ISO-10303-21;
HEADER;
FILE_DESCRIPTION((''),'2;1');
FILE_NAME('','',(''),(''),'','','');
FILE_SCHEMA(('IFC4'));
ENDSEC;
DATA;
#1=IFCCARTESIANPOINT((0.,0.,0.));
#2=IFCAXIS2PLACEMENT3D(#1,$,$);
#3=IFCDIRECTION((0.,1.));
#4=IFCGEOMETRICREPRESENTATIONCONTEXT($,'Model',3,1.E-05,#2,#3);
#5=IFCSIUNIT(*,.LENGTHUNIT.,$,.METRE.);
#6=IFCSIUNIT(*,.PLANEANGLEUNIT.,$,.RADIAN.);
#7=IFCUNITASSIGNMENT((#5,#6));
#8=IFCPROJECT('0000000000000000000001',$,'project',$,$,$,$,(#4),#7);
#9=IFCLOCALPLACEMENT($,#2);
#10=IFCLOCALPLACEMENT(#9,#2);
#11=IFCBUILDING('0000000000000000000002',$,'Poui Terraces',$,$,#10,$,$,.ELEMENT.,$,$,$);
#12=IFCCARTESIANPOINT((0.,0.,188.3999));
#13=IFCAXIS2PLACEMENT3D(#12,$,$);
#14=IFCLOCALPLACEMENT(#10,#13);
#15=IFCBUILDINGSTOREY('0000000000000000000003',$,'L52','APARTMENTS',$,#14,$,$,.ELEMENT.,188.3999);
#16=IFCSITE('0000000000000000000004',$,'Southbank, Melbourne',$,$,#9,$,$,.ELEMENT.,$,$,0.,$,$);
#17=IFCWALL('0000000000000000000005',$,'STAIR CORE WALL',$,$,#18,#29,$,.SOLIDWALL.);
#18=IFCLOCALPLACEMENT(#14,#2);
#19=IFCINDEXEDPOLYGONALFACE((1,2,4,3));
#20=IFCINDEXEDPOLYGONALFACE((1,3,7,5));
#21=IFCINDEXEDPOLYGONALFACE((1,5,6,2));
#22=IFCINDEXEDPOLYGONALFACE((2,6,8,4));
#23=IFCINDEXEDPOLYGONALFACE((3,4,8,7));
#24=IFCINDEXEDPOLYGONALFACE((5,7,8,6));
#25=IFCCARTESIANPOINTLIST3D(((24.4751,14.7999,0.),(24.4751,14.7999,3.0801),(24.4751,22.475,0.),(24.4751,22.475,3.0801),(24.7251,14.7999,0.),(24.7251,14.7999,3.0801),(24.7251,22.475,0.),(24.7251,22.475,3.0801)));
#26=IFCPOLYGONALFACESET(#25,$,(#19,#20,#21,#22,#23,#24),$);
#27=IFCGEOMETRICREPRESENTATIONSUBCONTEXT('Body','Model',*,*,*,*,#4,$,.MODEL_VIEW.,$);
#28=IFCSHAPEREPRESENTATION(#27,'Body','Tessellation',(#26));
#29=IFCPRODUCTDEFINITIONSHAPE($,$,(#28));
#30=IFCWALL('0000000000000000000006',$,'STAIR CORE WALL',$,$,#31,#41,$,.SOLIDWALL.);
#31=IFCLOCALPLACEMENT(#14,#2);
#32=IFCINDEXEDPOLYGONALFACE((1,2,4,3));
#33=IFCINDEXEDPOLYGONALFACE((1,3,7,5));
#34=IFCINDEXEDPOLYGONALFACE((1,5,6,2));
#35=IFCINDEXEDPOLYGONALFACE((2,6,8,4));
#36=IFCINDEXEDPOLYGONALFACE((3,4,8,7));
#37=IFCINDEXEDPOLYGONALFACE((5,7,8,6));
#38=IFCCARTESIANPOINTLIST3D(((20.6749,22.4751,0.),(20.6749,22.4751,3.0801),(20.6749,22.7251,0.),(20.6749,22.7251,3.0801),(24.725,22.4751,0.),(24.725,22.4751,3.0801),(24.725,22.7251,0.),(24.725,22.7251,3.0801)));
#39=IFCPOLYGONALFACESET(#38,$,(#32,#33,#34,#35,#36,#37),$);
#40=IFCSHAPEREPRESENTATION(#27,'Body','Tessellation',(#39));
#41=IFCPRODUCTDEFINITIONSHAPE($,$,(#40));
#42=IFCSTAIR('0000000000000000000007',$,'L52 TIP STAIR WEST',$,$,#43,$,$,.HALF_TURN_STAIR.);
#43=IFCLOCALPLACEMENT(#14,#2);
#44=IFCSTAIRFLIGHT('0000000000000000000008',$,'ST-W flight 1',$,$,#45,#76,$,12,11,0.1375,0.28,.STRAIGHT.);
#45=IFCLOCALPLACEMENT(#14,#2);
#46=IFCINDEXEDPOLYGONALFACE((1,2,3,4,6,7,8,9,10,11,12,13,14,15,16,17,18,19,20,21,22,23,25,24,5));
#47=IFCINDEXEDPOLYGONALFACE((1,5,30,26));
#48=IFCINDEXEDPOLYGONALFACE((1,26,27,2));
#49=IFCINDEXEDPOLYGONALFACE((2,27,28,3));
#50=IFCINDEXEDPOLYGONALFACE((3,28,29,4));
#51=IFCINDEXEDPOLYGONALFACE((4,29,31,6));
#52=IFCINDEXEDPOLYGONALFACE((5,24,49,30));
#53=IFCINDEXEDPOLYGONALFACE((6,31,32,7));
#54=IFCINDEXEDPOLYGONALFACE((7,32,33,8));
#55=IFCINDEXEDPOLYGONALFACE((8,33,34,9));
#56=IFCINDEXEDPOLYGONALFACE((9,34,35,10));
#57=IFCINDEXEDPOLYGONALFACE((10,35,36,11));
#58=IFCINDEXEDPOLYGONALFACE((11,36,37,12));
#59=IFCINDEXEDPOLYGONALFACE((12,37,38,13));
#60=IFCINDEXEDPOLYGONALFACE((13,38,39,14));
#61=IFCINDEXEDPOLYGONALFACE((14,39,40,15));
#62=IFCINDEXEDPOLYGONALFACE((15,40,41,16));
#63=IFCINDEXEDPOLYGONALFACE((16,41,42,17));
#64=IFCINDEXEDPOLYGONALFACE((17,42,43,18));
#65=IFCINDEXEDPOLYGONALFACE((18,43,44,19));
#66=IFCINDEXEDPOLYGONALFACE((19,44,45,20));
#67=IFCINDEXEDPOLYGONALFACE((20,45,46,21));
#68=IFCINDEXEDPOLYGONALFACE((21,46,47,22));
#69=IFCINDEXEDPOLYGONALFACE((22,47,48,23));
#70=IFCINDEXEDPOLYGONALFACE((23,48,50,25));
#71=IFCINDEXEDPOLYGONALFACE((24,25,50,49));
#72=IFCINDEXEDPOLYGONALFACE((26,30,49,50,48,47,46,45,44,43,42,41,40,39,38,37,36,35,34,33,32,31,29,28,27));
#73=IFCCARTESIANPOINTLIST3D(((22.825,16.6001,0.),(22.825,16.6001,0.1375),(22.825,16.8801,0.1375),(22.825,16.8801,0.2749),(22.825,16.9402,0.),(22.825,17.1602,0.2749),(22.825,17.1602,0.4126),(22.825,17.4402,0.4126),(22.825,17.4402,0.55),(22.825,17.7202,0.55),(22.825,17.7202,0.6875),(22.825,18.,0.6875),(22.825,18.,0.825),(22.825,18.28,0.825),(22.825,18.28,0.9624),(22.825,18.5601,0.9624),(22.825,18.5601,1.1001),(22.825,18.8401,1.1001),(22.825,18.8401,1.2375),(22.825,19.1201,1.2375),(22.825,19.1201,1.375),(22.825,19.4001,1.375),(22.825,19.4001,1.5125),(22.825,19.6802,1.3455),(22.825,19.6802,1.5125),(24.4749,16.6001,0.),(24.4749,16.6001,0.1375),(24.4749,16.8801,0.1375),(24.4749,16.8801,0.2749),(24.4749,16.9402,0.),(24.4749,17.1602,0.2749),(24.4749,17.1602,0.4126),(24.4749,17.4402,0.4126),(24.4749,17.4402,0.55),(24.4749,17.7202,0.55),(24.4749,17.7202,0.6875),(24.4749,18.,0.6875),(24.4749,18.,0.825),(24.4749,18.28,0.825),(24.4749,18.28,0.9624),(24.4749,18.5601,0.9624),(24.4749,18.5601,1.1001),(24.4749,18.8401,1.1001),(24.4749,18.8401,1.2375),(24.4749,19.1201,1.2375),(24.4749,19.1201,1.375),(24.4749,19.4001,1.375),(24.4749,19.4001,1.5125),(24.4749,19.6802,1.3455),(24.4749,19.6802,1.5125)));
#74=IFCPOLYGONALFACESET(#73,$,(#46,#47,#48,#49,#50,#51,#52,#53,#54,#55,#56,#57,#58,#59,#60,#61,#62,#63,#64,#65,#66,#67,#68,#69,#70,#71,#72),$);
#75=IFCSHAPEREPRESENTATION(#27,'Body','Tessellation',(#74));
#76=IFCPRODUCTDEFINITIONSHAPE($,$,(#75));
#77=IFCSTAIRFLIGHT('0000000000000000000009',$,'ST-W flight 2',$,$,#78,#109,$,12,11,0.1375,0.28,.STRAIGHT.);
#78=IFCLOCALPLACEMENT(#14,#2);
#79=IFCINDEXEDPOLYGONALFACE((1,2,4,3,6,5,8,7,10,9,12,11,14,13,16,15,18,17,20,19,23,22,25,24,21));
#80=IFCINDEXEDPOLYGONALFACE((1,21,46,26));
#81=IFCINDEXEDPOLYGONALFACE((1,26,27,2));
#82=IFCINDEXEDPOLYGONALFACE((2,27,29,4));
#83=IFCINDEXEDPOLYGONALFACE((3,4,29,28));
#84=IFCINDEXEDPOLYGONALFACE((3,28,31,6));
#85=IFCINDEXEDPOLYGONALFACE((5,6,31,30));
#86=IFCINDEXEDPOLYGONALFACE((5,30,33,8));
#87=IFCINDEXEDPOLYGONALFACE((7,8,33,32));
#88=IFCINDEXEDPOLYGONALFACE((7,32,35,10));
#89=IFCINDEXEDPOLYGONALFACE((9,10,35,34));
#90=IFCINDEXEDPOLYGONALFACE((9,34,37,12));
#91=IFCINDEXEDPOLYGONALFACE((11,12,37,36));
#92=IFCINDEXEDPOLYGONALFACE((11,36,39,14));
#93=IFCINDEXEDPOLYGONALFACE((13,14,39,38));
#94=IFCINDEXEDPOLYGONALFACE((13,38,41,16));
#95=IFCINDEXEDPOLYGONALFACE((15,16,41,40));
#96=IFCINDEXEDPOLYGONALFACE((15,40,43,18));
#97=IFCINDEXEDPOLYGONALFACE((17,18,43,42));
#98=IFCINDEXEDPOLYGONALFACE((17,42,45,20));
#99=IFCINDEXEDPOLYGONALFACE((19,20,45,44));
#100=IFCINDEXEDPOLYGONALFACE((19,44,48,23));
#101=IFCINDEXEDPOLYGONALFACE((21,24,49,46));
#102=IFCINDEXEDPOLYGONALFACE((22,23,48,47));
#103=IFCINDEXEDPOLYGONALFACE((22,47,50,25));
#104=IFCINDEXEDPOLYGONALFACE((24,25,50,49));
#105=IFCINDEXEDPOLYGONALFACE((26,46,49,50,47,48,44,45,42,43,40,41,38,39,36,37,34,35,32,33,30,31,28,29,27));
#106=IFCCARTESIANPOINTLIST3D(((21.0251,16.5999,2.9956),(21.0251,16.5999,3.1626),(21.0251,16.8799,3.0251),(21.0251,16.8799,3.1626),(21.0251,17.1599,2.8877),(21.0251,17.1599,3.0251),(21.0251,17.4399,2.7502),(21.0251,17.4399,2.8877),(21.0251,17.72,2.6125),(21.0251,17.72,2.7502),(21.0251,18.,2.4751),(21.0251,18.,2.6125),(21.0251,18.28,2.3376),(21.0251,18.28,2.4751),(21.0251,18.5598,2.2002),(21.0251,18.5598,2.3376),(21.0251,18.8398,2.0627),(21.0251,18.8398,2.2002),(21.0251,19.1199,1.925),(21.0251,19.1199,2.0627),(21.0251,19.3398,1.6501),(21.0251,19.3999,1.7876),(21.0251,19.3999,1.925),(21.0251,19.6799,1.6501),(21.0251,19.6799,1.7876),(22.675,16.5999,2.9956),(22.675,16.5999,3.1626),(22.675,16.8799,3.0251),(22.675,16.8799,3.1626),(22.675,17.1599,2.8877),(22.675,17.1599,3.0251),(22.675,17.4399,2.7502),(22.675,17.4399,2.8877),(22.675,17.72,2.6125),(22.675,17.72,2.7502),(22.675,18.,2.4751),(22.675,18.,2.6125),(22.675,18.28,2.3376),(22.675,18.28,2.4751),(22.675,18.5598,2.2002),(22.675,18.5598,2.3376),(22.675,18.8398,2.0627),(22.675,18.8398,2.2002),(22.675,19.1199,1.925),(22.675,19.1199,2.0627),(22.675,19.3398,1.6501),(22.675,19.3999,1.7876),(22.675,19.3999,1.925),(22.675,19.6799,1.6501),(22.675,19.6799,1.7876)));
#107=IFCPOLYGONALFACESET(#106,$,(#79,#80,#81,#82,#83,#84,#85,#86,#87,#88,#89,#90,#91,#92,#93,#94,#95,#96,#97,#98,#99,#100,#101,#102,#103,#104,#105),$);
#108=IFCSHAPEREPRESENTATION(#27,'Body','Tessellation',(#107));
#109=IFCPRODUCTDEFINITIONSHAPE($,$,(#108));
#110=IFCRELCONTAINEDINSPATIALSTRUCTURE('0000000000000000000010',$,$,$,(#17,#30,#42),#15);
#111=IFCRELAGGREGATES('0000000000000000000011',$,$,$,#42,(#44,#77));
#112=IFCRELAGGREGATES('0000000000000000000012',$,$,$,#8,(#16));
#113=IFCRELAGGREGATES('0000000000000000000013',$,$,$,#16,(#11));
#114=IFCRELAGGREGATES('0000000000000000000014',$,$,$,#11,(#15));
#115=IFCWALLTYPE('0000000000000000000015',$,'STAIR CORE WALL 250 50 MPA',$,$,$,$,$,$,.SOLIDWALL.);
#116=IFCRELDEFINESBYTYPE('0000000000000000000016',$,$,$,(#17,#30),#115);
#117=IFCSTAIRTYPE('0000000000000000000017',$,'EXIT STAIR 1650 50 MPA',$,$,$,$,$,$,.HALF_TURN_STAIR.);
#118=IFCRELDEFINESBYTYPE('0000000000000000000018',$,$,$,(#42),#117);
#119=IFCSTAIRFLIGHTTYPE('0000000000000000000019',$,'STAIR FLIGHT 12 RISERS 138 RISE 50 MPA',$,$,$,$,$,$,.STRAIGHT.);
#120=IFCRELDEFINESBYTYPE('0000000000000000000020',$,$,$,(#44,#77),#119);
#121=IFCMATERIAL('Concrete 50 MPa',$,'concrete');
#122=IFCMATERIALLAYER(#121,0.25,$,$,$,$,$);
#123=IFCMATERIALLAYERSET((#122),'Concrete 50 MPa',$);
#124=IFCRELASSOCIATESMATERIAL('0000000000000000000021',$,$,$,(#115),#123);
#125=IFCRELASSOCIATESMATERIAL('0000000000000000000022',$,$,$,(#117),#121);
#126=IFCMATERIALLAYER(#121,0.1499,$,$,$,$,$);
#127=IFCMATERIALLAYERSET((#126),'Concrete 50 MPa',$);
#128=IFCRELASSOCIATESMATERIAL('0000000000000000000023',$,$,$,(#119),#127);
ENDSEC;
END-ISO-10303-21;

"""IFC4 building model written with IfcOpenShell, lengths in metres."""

from ifc_helpers import new_model, si_unit, direction, frame, frame_2d, origin, place, context, subcontext, project, spatial, polyline, rectangle, outline, extrude, material, layer, layer_set, type_object, element, aggregate, save


model = new_model("IFC4")

# Units and contexts
model_context = context("Model", 3, precision=1e-05, world=origin(), true_north=direction((0.0, 1.0)))
body_context = subcontext(model_context, "Body", "Model", "MODEL_VIEW")
ifc_project = project(units=[si_unit("LENGTHUNIT", "METRE"), si_unit("PLANEANGLEUNIT", "RADIAN")], contexts=[model_context])

# Site, building, storey
site_placement = place(None, origin())
site = spatial("IfcSite", under=ifc_project, at=site_placement, Name="Southbank, Melbourne", CompositionType="ELEMENT", RefElevation=0.0)
building_placement = place(site_placement, origin())
building = spatial("IfcBuilding", under=site, at=building_placement, Name="Poui Terraces", CompositionType="ELEMENT")
storey_placement = place(building_placement, frame((0.0, 0.0, 188.3999)))
storey = spatial("IfcBuildingStorey", under=building, at=storey_placement, Name="L52", Description="APARTMENTS", CompositionType="ELEMENT", Elevation=188.3999)

# Walls
ifc_material_1 = material(Name="Concrete 50 MPa", Category="concrete")
ifc_layer_1 = layer(ifc_material_1, 0.25)
ifc_layer_set_1 = layer_set([ifc_layer_1], Name="Concrete 50 MPa")
wall_type = type_object("IfcWallType", Name="STAIR CORE WALL 250 50 MPA", PredefinedType="SOLIDWALL", material=ifc_layer_set_1)
wall_1_placement = place(storey_placement, frame((24.6001, 14.8, 0.0), z_axis=(0.0, 0.0, 1.0), x_axis=(0.0, 1.0, 0.0)))
element("IfcWall", 1, at=wall_1_placement, inside=storey, type_object=wall_type, Name="STAIR CORE WALL", PredefinedType="SOLIDWALL", context=body_context, shape_type="SweptSolid", body=[
    extrude(rectangle(XDim=7.675, YDim=0.25, at=frame_2d((3.8374, 0.0))), origin(), (0.0, 0.0, 1.0), 3.0801),
])
wall_2_placement = place(storey_placement, frame((20.675, 22.6001, 0.0), z_axis=(0.0, 0.0, 1.0), x_axis=(1.0, 0.0, 0.0)))
element("IfcWall", 2, at=wall_2_placement, inside=storey, type_object=wall_type, Name="STAIR CORE WALL", PredefinedType="SOLIDWALL", context=body_context, shape_type="SweptSolid", body=[
    extrude(rectangle(XDim=4.05, YDim=0.25, at=frame_2d((2.0249, 0.0))), origin(), (0.0, 0.0, 1.0), 3.0801),
])

# Stair, stair flights
stair_type = type_object("IfcStairType", Name="EXIT STAIR 1650 50 MPA", PredefinedType="HALF_TURN_STAIR", material=ifc_material_1)
stair_placement = place(storey_placement, origin())
stair = element("IfcStair", 3, at=stair_placement, inside=storey, type_object=stair_type, Name="L52 TIP STAIR WEST", PredefinedType="HALF_TURN_STAIR")
ifc_layer_2 = layer(ifc_material_1, 0.1499)
ifc_layer_set_2 = layer_set([ifc_layer_2], Name="Concrete 50 MPa")
stair_flight_type = type_object("IfcStairFlightType", Name="STAIR FLIGHT 12 RISERS 138 RISE 50 MPA", PredefinedType="STRAIGHT", material=ifc_layer_set_2)
stair_flight_1_placement = place(storey_placement, frame((23.6499, 16.6001, 0.0), z_axis=(0.0, 0.0, 1.0), x_axis=(0.0, 1.0, 0.0)))
stair_flight_1 = element("IfcStairFlight", 4, at=stair_flight_1_placement, type_object=stair_flight_type, Name="ST-W flight 1", NumberOfRisers=12, NumberOfTreads=11, PredefinedType="STRAIGHT", RiserHeight=0.1375, TreadLength=0.28, context=body_context, shape_type="SweptSolid", body=[
    extrude(outline(polyline([(0.0, 0.0), (0.0, 0.1375), (0.28, 0.1375), (0.28, 0.2749), (0.5601, 0.2749), (0.5601, 0.4126), (0.8401, 0.4126), (0.8401, 0.55), (1.1201, 0.55), (1.1201, 0.6875), (1.3999, 0.6875), (1.3999, 0.825), (1.6799, 0.825), (1.6799, 0.9624), (1.96, 0.9624), (1.96, 1.1001), (2.24, 1.1001), (2.24, 1.2375), (2.52, 1.2375), (2.52, 1.375), (2.8, 1.375), (2.8, 1.5125), (3.0801, 1.5125), (3.0801, 1.6499), (3.0801, 1.3455), (0.3401, 0.0), (0.0, 0.0)])), frame((0.0, 0.825, 0.0), z_axis=(0.0, -1.0, 0.0), x_axis=(1.0, 0.0, 0.0)), (0.0, 0.0, 1.0), 1.6499),
])
stair_flight_2_placement = place(storey_placement, frame((21.8501, 19.6799, 1.6501), z_axis=(0.0, 0.0, 1.0), x_axis=(0.0, -1.0, 0.0)))
stair_flight_2 = element("IfcStairFlight", 5, at=stair_flight_2_placement, type_object=stair_flight_type, Name="ST-W flight 2", NumberOfRisers=12, NumberOfTreads=11, PredefinedType="STRAIGHT", RiserHeight=0.1375, TreadLength=0.28, context=body_context, shape_type="SweptSolid", body=[
    extrude(outline(polyline([(0.0, 0.0), (0.0, 0.1375), (0.28, 0.1375), (0.28, 0.2749), (0.5601, 0.2749), (0.5601, 0.4126), (0.8401, 0.4126), (0.8401, 0.55), (1.1201, 0.55), (1.1201, 0.6875), (1.3999, 0.6875), (1.3999, 0.825), (1.6799, 0.825), (1.6799, 0.9624), (1.96, 0.9624), (1.96, 1.1001), (2.24, 1.1001), (2.24, 1.2375), (2.52, 1.2375), (2.52, 1.375), (2.8, 1.375), (2.8, 1.5125), (3.0801, 1.5125), (3.0801, 1.6499), (3.0801, 1.3455), (0.3401, 0.0), (0.0, 0.0)])), frame((0.0, 0.825, 0.0), z_axis=(0.0, -1.0, 0.0), x_axis=(1.0, 0.0, 0.0)), (0.0, 0.0, 1.0), 1.6499),
])
aggregate(stair, [stair_flight_1, stair_flight_2])

save(model, "model.ifc")
